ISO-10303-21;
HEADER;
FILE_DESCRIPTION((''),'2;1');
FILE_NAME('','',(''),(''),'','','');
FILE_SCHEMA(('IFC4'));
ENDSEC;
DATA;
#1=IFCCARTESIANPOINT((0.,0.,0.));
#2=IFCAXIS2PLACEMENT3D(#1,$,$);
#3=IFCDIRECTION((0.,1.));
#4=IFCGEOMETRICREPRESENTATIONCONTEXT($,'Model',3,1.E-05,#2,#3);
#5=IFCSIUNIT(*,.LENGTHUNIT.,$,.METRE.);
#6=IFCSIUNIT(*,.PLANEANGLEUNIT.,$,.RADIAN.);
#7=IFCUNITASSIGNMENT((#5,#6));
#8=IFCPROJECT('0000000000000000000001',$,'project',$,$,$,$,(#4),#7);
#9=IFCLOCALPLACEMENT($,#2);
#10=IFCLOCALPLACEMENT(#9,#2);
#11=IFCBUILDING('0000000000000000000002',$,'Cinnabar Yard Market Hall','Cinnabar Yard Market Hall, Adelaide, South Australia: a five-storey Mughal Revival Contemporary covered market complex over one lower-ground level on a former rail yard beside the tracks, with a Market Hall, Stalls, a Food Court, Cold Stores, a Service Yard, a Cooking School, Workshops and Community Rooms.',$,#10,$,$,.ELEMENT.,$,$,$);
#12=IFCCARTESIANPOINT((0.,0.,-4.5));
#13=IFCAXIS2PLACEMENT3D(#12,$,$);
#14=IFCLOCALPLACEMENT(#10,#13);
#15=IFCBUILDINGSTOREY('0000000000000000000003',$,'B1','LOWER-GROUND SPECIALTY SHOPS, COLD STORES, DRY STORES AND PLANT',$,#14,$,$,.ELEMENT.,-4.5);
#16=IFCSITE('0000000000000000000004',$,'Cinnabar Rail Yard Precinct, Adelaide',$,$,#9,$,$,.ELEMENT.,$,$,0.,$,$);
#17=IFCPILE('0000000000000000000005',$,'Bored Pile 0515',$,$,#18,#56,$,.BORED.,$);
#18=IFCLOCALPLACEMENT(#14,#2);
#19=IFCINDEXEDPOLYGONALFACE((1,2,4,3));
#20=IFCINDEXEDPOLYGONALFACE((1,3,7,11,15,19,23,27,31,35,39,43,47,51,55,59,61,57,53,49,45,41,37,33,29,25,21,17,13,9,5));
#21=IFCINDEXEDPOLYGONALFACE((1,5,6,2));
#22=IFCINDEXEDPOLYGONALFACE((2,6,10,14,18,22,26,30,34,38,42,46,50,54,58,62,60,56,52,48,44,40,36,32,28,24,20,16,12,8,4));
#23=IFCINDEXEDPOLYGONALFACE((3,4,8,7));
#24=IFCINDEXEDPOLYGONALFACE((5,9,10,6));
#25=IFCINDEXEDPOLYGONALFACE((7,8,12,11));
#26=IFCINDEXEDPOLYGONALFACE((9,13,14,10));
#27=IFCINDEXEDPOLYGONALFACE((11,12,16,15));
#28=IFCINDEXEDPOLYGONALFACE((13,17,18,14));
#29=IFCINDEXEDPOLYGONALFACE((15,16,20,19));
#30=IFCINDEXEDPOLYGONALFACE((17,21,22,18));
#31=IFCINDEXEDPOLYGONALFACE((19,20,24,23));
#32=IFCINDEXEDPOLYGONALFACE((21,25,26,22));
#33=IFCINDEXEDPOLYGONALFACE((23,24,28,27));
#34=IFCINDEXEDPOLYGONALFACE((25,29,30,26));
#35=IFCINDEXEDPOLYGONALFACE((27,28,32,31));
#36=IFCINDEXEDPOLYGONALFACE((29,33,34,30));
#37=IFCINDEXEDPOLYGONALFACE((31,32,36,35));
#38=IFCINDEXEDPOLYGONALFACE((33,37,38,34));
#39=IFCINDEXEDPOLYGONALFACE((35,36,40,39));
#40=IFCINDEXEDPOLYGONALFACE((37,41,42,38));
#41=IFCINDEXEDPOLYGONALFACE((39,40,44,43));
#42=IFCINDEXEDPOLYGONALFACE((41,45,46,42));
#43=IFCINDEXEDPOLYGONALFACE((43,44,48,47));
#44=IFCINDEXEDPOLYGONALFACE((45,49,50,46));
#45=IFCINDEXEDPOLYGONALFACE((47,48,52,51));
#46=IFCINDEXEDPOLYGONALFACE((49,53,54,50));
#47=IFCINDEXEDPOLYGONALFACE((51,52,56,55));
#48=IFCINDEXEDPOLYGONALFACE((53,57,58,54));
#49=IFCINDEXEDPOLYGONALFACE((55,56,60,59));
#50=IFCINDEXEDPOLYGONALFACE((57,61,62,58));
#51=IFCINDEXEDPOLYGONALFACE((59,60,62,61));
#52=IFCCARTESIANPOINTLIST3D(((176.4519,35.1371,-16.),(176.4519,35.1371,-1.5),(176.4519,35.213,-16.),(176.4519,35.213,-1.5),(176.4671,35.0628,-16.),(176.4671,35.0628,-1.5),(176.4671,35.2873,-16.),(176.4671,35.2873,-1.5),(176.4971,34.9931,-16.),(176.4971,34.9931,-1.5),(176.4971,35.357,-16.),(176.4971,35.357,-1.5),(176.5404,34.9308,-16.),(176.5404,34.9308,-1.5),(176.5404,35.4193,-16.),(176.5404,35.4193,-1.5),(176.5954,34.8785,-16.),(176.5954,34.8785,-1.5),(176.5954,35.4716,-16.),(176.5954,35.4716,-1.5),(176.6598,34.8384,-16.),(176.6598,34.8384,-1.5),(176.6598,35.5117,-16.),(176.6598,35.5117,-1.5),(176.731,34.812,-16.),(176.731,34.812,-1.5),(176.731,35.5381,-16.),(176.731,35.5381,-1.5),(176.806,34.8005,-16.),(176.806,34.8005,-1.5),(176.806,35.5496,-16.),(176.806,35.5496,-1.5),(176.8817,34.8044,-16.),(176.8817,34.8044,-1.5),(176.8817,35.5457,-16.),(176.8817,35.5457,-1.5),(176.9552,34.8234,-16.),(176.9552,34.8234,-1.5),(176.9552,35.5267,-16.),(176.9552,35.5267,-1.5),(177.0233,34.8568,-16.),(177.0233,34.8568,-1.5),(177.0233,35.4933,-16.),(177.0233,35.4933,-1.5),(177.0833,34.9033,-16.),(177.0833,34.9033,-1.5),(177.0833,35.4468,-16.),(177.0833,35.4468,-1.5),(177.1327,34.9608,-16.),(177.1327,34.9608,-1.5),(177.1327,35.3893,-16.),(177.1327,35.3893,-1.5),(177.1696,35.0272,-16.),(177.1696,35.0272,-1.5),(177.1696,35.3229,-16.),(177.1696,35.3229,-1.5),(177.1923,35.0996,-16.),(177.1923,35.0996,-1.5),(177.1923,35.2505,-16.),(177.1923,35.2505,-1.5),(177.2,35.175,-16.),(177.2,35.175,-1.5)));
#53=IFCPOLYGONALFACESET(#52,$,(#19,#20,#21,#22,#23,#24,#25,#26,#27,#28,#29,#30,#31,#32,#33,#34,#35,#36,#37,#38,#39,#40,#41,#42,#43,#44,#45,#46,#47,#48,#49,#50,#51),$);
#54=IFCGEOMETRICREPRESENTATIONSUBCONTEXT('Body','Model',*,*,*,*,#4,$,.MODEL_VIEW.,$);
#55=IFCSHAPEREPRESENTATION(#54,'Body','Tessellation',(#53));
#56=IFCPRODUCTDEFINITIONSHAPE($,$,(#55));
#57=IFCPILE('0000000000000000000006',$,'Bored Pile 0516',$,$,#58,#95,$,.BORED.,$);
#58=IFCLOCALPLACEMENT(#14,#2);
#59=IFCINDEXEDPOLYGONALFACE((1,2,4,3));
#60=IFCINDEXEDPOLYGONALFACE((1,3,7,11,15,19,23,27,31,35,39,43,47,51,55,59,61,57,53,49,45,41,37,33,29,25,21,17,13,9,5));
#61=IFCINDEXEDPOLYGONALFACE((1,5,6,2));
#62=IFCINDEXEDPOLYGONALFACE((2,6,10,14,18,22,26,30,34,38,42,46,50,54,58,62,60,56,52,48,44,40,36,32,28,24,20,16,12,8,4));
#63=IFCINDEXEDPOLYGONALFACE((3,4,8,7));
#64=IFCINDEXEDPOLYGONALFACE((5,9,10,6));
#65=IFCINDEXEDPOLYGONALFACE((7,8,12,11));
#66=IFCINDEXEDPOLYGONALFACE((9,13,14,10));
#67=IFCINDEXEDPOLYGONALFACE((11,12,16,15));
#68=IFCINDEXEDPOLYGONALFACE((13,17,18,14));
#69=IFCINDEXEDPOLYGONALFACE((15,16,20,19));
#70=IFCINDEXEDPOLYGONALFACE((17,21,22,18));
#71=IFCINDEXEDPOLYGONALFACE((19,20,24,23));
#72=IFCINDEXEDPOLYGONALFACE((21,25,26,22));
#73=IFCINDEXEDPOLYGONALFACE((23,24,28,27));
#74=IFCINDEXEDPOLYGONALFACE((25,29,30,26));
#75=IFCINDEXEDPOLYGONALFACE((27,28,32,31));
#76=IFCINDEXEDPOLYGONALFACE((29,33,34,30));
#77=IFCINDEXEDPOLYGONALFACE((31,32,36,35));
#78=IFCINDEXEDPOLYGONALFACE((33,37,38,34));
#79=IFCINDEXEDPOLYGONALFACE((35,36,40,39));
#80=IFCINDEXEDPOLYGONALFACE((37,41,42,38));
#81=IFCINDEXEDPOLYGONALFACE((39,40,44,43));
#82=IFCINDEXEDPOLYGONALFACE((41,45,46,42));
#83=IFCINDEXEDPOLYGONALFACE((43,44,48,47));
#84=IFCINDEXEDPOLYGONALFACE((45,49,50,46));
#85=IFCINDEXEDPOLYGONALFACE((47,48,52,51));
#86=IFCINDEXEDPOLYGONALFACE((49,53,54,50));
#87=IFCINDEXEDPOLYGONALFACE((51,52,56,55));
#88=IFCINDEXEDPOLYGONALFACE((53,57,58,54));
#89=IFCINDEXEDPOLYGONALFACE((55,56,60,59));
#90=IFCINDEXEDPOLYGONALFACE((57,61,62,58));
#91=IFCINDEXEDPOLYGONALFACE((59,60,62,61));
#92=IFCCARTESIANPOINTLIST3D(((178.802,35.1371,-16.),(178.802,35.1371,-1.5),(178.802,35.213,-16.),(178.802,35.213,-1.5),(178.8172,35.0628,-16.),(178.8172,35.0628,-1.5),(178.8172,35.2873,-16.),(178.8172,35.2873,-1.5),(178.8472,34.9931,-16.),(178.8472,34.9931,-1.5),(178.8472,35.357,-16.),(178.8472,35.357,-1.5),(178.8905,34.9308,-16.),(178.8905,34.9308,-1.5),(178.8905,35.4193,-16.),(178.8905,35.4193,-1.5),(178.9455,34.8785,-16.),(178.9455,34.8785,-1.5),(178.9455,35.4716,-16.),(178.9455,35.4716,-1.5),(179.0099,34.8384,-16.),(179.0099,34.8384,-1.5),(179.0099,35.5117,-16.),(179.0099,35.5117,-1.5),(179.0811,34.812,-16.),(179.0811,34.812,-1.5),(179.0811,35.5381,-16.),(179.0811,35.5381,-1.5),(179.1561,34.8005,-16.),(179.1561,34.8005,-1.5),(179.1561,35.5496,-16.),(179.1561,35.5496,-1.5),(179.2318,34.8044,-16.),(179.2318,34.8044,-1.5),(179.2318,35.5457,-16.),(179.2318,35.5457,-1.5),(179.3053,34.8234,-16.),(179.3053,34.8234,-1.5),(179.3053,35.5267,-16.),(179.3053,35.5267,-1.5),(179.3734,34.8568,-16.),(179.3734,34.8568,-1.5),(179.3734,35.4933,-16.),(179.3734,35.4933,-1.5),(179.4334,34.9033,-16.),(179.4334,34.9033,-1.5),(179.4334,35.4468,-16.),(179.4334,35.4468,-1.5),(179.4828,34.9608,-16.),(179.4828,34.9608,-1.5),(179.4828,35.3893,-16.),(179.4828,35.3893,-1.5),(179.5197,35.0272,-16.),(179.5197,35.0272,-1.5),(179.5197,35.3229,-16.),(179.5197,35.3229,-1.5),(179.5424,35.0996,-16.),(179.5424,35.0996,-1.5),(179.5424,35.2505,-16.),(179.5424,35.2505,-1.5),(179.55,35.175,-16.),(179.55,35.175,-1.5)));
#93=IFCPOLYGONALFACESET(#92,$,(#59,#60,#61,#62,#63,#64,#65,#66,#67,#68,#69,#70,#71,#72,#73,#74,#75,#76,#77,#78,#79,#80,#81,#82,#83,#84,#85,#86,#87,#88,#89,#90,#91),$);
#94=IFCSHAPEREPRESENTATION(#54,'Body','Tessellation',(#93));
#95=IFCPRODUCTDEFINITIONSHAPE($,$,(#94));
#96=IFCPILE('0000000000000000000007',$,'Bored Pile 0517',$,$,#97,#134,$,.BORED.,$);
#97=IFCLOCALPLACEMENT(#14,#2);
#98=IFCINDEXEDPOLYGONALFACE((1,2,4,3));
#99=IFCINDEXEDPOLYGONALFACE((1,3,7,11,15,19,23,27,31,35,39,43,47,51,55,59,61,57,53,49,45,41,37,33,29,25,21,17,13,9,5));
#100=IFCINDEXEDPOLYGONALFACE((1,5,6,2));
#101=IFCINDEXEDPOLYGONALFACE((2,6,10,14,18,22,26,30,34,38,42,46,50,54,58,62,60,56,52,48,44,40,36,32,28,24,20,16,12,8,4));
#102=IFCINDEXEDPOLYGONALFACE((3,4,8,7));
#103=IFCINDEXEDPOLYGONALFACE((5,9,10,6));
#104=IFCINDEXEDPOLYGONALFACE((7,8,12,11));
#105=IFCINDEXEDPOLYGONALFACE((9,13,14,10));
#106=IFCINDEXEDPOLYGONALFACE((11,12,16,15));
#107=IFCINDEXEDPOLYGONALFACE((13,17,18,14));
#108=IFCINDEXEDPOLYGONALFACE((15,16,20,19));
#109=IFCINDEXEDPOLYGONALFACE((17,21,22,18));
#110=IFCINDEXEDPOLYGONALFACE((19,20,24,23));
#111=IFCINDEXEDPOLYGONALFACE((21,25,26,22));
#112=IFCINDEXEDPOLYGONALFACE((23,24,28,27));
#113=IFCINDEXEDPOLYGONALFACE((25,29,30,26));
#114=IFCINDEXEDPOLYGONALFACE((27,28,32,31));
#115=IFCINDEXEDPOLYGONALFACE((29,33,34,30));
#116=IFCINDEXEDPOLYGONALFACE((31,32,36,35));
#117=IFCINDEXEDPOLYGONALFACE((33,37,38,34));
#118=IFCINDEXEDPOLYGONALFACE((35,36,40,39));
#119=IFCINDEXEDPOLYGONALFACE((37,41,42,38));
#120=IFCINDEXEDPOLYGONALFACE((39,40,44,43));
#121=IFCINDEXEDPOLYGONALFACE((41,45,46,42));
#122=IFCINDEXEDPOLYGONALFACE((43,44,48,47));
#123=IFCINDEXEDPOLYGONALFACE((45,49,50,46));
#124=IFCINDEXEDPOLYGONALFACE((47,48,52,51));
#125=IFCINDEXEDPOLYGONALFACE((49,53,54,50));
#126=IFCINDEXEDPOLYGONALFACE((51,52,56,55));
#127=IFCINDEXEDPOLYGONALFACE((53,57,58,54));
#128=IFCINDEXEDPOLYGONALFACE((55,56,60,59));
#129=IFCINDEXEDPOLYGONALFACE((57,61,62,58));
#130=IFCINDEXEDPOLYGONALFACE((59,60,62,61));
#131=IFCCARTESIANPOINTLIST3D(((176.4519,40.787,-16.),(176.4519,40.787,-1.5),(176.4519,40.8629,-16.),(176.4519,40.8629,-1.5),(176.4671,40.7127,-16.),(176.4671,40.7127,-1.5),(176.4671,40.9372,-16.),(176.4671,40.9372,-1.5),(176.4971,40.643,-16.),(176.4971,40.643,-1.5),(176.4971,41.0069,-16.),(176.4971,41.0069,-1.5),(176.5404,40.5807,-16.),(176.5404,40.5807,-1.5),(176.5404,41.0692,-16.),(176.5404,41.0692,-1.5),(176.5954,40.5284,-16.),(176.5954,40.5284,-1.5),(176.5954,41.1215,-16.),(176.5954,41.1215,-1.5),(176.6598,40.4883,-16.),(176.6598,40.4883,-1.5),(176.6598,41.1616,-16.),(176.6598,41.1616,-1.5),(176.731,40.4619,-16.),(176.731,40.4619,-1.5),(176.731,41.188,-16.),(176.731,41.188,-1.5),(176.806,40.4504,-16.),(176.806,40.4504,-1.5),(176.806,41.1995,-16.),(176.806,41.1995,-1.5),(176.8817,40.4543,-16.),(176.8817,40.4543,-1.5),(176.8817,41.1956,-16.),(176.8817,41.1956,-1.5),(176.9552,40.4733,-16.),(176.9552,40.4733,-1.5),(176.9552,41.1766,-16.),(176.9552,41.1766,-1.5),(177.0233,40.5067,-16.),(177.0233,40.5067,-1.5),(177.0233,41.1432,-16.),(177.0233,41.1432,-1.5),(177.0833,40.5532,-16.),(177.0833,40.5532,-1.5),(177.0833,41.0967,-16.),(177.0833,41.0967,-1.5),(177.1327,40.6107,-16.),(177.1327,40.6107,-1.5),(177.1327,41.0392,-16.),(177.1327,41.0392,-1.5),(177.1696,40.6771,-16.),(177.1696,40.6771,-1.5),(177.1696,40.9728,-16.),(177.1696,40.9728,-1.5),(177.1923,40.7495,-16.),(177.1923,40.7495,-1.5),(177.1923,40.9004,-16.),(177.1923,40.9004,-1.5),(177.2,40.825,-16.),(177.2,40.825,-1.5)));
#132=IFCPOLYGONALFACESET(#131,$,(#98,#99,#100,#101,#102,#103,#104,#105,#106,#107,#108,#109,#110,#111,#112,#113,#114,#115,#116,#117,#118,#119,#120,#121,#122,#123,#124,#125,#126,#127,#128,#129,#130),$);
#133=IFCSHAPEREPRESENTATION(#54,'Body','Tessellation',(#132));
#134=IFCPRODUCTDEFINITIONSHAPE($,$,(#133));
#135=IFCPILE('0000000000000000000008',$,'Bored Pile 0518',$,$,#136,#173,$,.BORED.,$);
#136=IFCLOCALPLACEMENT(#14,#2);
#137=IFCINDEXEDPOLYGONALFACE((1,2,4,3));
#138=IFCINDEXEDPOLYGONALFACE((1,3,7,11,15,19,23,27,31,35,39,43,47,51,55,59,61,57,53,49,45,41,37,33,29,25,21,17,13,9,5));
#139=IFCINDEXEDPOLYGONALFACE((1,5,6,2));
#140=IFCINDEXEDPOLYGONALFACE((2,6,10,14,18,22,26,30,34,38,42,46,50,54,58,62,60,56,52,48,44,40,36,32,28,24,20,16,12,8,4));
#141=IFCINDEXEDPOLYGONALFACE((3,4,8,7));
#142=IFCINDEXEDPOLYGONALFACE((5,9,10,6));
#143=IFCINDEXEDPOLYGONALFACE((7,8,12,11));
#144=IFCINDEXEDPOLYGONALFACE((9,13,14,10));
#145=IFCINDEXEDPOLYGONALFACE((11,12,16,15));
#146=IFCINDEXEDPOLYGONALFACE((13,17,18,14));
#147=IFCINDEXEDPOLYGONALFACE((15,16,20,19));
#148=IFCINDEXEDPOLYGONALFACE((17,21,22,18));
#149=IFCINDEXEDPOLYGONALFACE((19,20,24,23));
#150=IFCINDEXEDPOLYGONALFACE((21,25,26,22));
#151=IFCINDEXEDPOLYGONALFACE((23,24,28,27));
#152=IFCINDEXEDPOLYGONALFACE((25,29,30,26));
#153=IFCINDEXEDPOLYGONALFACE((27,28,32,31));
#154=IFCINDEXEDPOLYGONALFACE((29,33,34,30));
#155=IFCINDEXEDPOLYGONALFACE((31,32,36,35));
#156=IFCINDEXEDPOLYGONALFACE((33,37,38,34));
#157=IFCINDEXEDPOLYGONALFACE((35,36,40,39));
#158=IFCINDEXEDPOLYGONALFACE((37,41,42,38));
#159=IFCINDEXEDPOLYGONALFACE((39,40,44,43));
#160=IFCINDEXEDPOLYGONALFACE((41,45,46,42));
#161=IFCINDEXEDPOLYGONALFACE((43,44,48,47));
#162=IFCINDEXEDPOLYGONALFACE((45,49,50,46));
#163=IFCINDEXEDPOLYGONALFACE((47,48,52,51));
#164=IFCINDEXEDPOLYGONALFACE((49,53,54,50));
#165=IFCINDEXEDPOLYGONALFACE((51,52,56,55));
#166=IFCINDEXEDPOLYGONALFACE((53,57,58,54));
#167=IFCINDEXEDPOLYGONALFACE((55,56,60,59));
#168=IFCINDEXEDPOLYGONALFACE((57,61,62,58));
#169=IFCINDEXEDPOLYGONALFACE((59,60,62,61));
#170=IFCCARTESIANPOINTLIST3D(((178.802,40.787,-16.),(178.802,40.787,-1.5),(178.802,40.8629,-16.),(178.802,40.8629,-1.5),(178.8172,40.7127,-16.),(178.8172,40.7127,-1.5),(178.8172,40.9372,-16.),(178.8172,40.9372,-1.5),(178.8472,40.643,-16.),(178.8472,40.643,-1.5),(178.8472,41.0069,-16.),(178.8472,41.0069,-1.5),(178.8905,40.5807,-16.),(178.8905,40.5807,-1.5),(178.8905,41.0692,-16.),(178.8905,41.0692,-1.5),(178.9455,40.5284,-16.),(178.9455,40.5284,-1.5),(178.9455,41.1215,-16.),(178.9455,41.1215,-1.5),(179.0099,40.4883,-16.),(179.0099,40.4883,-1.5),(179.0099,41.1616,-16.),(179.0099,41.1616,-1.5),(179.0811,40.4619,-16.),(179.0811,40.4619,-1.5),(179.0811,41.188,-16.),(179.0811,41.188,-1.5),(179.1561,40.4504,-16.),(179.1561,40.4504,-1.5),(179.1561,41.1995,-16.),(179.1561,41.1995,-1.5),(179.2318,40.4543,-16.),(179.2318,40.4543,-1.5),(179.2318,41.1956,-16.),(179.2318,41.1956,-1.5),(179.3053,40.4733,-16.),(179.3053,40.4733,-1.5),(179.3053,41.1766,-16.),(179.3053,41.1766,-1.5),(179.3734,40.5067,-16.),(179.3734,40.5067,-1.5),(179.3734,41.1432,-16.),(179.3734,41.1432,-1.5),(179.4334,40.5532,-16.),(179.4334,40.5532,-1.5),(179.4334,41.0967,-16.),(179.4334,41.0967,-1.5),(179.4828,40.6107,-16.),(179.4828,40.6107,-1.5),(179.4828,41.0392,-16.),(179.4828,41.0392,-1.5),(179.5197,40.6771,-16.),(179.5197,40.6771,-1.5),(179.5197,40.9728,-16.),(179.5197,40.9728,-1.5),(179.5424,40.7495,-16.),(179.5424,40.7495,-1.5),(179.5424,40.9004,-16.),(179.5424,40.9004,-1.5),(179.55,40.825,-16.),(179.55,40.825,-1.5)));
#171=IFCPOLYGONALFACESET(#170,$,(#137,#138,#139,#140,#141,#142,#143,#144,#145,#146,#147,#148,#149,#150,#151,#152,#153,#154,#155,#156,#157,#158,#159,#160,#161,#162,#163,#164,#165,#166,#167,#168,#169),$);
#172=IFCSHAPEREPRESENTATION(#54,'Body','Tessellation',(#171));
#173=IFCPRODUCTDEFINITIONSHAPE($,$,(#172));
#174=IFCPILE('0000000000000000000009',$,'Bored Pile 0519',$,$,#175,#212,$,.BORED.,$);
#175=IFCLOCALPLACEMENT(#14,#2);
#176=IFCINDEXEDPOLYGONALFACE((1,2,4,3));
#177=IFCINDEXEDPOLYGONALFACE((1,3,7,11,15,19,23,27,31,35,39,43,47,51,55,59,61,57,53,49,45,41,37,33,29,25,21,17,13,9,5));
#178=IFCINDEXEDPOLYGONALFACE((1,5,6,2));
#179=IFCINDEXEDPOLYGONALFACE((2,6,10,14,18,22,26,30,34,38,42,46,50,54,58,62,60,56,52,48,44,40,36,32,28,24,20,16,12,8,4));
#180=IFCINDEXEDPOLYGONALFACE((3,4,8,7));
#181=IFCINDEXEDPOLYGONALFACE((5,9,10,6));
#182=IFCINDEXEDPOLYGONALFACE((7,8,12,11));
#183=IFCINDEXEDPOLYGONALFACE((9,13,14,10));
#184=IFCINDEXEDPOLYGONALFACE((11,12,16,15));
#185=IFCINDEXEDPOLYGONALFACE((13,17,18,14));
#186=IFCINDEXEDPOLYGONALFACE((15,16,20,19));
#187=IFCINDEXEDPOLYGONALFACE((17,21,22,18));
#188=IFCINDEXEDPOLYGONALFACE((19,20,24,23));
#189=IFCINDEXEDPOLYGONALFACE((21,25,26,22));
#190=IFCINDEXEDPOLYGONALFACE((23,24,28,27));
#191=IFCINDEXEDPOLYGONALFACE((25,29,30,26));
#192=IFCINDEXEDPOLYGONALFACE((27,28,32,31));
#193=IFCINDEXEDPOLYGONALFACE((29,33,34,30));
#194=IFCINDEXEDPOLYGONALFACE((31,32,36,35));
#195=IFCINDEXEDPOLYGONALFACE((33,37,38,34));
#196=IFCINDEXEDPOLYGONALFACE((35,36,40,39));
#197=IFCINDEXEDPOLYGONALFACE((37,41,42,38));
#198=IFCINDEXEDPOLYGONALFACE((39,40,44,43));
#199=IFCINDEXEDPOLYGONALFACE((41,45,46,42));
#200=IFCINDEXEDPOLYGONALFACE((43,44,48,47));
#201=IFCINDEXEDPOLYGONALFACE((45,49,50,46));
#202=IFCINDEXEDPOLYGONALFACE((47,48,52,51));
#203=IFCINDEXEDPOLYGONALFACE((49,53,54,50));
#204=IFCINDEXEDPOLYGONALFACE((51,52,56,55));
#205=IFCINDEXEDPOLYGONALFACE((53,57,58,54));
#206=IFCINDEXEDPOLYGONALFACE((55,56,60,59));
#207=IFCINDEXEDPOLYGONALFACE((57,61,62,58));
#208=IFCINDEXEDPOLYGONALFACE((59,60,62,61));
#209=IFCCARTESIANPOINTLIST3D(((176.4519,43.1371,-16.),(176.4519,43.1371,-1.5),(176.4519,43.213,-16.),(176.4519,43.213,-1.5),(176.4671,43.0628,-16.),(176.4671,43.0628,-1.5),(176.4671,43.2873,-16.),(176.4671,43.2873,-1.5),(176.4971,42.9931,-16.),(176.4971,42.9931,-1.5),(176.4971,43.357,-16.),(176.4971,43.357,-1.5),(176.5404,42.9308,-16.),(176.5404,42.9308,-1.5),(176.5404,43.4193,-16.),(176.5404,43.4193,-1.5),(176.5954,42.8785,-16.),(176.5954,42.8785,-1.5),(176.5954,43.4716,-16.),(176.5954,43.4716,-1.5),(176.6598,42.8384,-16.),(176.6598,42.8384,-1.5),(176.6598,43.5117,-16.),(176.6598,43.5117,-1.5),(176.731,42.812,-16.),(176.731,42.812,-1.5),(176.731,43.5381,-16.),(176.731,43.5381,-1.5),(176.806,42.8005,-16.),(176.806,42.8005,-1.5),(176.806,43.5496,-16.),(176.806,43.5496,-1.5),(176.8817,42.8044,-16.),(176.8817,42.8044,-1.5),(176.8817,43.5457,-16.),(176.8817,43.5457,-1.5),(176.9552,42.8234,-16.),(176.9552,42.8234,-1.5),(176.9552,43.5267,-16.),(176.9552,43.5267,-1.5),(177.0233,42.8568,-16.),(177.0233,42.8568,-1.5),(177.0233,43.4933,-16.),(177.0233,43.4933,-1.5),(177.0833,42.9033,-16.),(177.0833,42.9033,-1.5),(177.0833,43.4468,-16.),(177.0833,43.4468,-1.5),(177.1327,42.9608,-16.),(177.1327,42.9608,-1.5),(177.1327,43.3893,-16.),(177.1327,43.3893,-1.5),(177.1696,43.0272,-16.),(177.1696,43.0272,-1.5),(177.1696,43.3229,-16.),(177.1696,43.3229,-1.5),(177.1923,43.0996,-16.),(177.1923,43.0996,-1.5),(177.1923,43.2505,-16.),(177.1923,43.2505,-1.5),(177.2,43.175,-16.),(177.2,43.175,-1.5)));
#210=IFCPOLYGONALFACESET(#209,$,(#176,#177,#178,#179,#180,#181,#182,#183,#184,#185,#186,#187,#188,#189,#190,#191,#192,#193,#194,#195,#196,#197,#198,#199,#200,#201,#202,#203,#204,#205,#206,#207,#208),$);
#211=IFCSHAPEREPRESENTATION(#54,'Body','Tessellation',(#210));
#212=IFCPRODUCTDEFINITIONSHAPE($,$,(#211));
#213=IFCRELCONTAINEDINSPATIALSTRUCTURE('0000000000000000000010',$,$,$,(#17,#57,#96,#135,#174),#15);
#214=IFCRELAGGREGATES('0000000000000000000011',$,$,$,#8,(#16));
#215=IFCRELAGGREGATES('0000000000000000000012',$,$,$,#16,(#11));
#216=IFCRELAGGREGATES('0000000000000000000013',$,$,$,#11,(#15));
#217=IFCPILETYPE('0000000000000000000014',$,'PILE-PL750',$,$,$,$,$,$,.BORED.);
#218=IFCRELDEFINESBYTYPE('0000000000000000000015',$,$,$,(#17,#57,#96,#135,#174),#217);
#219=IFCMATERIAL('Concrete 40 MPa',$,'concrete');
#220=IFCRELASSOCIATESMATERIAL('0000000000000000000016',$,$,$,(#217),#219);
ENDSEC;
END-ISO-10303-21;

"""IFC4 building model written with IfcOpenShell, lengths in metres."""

from ifc_helpers import new_model, si_unit, direction, frame, origin, origin_2d_with_axis, place, context, subcontext, project, spatial, circle, extrude, material, material_profile, profile_set, type_object, element, save


model = new_model("IFC4")

# Units and contexts
model_context = context("Model", 3, precision=1e-05, world=origin(), true_north=direction((0.0, 1.0)))
body_context = subcontext(model_context, "Body", "Model", "MODEL_VIEW")
ifc_project = project(units=[si_unit("LENGTHUNIT", "METRE"), si_unit("PLANEANGLEUNIT", "RADIAN")], contexts=[model_context])

# Site, building, storey
site_placement = place(None, origin())
site = spatial("IfcSite", under=ifc_project, at=site_placement, Name="Cinnabar Rail Yard Precinct, Adelaide", CompositionType="ELEMENT", RefElevation=0.0)
building_placement = place(site_placement, origin())
building = spatial("IfcBuilding", under=site, at=building_placement, Name="Cinnabar Yard Market Hall", Description="Cinnabar Yard Market Hall, Adelaide, South Australia: a five-storey Mughal Revival Contemporary covered market complex over one lower-ground level on a former rail yard beside the tracks, with a Market Hall, Stalls, a Food Court, Cold Stores, a Service Yard, a Cooking School, Workshops and Community Rooms.", CompositionType="ELEMENT")
storey_placement = place(building_placement, frame((0.0, 0.0, -4.5)))
storey = spatial("IfcBuildingStorey", under=building, at=storey_placement, Name="B1", Description="LOWER-GROUND SPECIALTY SHOPS, COLD STORES, DRY STORES AND PLANT", CompositionType="ELEMENT", Elevation=-4.5)

# Shared definitions
ifc_material_1 = material(Name="Concrete 40 MPa", Category="concrete")

# Piles
ifc_material_profile_1 = material_profile(ifc_material_1, circle(Radius=0.375, at=origin_2d_with_axis()), Name="PILE-D750")
ifc_profile_set_1 = profile_set([ifc_material_profile_1], Name="Concrete 40 MPa")
pile_type = type_object("IfcPileType", Name="PILE-PL750", PredefinedType="BORED", material=ifc_profile_set_1)
for number, where, z_axis, x_axis, name in (
    (1, (176.825, 35.175, -1.5), (0.0, 0.0, -1.0), (1.0, 0.0, 0.0), "Bored Pile 0515"),
    (2, (179.175, 35.175, -1.5), (0.0, 0.0, -1.0), (1.0, 0.0, 0.0), "Bored Pile 0516"),
    (3, (176.825, 40.825, -1.5), (0.0, 0.0, -1.0), (1.0, 0.0, 0.0), "Bored Pile 0517"),
    (4, (179.175, 40.825, -1.5), (0.0, 0.0, -1.0), (1.0, 0.0, 0.0), "Bored Pile 0518"),
    (5, (176.825, 43.175, -1.5), (0.0, 0.0, -1.0), (1.0, 0.0, 0.0), "Bored Pile 0519"),
):
    element("IfcPile", number, at=place(storey_placement, frame(where, z_axis=z_axis, x_axis=x_axis)), inside=storey, type_object=pile_type, Name=name, PredefinedType="BORED", context=body_context, shape_type="SweptSolid", body=[
        extrude(circle(Radius=0.375, at=origin_2d_with_axis()), origin(), (0.0, 0.0, 1.0), 14.5),
    ])

save(model, "model.ifc")
